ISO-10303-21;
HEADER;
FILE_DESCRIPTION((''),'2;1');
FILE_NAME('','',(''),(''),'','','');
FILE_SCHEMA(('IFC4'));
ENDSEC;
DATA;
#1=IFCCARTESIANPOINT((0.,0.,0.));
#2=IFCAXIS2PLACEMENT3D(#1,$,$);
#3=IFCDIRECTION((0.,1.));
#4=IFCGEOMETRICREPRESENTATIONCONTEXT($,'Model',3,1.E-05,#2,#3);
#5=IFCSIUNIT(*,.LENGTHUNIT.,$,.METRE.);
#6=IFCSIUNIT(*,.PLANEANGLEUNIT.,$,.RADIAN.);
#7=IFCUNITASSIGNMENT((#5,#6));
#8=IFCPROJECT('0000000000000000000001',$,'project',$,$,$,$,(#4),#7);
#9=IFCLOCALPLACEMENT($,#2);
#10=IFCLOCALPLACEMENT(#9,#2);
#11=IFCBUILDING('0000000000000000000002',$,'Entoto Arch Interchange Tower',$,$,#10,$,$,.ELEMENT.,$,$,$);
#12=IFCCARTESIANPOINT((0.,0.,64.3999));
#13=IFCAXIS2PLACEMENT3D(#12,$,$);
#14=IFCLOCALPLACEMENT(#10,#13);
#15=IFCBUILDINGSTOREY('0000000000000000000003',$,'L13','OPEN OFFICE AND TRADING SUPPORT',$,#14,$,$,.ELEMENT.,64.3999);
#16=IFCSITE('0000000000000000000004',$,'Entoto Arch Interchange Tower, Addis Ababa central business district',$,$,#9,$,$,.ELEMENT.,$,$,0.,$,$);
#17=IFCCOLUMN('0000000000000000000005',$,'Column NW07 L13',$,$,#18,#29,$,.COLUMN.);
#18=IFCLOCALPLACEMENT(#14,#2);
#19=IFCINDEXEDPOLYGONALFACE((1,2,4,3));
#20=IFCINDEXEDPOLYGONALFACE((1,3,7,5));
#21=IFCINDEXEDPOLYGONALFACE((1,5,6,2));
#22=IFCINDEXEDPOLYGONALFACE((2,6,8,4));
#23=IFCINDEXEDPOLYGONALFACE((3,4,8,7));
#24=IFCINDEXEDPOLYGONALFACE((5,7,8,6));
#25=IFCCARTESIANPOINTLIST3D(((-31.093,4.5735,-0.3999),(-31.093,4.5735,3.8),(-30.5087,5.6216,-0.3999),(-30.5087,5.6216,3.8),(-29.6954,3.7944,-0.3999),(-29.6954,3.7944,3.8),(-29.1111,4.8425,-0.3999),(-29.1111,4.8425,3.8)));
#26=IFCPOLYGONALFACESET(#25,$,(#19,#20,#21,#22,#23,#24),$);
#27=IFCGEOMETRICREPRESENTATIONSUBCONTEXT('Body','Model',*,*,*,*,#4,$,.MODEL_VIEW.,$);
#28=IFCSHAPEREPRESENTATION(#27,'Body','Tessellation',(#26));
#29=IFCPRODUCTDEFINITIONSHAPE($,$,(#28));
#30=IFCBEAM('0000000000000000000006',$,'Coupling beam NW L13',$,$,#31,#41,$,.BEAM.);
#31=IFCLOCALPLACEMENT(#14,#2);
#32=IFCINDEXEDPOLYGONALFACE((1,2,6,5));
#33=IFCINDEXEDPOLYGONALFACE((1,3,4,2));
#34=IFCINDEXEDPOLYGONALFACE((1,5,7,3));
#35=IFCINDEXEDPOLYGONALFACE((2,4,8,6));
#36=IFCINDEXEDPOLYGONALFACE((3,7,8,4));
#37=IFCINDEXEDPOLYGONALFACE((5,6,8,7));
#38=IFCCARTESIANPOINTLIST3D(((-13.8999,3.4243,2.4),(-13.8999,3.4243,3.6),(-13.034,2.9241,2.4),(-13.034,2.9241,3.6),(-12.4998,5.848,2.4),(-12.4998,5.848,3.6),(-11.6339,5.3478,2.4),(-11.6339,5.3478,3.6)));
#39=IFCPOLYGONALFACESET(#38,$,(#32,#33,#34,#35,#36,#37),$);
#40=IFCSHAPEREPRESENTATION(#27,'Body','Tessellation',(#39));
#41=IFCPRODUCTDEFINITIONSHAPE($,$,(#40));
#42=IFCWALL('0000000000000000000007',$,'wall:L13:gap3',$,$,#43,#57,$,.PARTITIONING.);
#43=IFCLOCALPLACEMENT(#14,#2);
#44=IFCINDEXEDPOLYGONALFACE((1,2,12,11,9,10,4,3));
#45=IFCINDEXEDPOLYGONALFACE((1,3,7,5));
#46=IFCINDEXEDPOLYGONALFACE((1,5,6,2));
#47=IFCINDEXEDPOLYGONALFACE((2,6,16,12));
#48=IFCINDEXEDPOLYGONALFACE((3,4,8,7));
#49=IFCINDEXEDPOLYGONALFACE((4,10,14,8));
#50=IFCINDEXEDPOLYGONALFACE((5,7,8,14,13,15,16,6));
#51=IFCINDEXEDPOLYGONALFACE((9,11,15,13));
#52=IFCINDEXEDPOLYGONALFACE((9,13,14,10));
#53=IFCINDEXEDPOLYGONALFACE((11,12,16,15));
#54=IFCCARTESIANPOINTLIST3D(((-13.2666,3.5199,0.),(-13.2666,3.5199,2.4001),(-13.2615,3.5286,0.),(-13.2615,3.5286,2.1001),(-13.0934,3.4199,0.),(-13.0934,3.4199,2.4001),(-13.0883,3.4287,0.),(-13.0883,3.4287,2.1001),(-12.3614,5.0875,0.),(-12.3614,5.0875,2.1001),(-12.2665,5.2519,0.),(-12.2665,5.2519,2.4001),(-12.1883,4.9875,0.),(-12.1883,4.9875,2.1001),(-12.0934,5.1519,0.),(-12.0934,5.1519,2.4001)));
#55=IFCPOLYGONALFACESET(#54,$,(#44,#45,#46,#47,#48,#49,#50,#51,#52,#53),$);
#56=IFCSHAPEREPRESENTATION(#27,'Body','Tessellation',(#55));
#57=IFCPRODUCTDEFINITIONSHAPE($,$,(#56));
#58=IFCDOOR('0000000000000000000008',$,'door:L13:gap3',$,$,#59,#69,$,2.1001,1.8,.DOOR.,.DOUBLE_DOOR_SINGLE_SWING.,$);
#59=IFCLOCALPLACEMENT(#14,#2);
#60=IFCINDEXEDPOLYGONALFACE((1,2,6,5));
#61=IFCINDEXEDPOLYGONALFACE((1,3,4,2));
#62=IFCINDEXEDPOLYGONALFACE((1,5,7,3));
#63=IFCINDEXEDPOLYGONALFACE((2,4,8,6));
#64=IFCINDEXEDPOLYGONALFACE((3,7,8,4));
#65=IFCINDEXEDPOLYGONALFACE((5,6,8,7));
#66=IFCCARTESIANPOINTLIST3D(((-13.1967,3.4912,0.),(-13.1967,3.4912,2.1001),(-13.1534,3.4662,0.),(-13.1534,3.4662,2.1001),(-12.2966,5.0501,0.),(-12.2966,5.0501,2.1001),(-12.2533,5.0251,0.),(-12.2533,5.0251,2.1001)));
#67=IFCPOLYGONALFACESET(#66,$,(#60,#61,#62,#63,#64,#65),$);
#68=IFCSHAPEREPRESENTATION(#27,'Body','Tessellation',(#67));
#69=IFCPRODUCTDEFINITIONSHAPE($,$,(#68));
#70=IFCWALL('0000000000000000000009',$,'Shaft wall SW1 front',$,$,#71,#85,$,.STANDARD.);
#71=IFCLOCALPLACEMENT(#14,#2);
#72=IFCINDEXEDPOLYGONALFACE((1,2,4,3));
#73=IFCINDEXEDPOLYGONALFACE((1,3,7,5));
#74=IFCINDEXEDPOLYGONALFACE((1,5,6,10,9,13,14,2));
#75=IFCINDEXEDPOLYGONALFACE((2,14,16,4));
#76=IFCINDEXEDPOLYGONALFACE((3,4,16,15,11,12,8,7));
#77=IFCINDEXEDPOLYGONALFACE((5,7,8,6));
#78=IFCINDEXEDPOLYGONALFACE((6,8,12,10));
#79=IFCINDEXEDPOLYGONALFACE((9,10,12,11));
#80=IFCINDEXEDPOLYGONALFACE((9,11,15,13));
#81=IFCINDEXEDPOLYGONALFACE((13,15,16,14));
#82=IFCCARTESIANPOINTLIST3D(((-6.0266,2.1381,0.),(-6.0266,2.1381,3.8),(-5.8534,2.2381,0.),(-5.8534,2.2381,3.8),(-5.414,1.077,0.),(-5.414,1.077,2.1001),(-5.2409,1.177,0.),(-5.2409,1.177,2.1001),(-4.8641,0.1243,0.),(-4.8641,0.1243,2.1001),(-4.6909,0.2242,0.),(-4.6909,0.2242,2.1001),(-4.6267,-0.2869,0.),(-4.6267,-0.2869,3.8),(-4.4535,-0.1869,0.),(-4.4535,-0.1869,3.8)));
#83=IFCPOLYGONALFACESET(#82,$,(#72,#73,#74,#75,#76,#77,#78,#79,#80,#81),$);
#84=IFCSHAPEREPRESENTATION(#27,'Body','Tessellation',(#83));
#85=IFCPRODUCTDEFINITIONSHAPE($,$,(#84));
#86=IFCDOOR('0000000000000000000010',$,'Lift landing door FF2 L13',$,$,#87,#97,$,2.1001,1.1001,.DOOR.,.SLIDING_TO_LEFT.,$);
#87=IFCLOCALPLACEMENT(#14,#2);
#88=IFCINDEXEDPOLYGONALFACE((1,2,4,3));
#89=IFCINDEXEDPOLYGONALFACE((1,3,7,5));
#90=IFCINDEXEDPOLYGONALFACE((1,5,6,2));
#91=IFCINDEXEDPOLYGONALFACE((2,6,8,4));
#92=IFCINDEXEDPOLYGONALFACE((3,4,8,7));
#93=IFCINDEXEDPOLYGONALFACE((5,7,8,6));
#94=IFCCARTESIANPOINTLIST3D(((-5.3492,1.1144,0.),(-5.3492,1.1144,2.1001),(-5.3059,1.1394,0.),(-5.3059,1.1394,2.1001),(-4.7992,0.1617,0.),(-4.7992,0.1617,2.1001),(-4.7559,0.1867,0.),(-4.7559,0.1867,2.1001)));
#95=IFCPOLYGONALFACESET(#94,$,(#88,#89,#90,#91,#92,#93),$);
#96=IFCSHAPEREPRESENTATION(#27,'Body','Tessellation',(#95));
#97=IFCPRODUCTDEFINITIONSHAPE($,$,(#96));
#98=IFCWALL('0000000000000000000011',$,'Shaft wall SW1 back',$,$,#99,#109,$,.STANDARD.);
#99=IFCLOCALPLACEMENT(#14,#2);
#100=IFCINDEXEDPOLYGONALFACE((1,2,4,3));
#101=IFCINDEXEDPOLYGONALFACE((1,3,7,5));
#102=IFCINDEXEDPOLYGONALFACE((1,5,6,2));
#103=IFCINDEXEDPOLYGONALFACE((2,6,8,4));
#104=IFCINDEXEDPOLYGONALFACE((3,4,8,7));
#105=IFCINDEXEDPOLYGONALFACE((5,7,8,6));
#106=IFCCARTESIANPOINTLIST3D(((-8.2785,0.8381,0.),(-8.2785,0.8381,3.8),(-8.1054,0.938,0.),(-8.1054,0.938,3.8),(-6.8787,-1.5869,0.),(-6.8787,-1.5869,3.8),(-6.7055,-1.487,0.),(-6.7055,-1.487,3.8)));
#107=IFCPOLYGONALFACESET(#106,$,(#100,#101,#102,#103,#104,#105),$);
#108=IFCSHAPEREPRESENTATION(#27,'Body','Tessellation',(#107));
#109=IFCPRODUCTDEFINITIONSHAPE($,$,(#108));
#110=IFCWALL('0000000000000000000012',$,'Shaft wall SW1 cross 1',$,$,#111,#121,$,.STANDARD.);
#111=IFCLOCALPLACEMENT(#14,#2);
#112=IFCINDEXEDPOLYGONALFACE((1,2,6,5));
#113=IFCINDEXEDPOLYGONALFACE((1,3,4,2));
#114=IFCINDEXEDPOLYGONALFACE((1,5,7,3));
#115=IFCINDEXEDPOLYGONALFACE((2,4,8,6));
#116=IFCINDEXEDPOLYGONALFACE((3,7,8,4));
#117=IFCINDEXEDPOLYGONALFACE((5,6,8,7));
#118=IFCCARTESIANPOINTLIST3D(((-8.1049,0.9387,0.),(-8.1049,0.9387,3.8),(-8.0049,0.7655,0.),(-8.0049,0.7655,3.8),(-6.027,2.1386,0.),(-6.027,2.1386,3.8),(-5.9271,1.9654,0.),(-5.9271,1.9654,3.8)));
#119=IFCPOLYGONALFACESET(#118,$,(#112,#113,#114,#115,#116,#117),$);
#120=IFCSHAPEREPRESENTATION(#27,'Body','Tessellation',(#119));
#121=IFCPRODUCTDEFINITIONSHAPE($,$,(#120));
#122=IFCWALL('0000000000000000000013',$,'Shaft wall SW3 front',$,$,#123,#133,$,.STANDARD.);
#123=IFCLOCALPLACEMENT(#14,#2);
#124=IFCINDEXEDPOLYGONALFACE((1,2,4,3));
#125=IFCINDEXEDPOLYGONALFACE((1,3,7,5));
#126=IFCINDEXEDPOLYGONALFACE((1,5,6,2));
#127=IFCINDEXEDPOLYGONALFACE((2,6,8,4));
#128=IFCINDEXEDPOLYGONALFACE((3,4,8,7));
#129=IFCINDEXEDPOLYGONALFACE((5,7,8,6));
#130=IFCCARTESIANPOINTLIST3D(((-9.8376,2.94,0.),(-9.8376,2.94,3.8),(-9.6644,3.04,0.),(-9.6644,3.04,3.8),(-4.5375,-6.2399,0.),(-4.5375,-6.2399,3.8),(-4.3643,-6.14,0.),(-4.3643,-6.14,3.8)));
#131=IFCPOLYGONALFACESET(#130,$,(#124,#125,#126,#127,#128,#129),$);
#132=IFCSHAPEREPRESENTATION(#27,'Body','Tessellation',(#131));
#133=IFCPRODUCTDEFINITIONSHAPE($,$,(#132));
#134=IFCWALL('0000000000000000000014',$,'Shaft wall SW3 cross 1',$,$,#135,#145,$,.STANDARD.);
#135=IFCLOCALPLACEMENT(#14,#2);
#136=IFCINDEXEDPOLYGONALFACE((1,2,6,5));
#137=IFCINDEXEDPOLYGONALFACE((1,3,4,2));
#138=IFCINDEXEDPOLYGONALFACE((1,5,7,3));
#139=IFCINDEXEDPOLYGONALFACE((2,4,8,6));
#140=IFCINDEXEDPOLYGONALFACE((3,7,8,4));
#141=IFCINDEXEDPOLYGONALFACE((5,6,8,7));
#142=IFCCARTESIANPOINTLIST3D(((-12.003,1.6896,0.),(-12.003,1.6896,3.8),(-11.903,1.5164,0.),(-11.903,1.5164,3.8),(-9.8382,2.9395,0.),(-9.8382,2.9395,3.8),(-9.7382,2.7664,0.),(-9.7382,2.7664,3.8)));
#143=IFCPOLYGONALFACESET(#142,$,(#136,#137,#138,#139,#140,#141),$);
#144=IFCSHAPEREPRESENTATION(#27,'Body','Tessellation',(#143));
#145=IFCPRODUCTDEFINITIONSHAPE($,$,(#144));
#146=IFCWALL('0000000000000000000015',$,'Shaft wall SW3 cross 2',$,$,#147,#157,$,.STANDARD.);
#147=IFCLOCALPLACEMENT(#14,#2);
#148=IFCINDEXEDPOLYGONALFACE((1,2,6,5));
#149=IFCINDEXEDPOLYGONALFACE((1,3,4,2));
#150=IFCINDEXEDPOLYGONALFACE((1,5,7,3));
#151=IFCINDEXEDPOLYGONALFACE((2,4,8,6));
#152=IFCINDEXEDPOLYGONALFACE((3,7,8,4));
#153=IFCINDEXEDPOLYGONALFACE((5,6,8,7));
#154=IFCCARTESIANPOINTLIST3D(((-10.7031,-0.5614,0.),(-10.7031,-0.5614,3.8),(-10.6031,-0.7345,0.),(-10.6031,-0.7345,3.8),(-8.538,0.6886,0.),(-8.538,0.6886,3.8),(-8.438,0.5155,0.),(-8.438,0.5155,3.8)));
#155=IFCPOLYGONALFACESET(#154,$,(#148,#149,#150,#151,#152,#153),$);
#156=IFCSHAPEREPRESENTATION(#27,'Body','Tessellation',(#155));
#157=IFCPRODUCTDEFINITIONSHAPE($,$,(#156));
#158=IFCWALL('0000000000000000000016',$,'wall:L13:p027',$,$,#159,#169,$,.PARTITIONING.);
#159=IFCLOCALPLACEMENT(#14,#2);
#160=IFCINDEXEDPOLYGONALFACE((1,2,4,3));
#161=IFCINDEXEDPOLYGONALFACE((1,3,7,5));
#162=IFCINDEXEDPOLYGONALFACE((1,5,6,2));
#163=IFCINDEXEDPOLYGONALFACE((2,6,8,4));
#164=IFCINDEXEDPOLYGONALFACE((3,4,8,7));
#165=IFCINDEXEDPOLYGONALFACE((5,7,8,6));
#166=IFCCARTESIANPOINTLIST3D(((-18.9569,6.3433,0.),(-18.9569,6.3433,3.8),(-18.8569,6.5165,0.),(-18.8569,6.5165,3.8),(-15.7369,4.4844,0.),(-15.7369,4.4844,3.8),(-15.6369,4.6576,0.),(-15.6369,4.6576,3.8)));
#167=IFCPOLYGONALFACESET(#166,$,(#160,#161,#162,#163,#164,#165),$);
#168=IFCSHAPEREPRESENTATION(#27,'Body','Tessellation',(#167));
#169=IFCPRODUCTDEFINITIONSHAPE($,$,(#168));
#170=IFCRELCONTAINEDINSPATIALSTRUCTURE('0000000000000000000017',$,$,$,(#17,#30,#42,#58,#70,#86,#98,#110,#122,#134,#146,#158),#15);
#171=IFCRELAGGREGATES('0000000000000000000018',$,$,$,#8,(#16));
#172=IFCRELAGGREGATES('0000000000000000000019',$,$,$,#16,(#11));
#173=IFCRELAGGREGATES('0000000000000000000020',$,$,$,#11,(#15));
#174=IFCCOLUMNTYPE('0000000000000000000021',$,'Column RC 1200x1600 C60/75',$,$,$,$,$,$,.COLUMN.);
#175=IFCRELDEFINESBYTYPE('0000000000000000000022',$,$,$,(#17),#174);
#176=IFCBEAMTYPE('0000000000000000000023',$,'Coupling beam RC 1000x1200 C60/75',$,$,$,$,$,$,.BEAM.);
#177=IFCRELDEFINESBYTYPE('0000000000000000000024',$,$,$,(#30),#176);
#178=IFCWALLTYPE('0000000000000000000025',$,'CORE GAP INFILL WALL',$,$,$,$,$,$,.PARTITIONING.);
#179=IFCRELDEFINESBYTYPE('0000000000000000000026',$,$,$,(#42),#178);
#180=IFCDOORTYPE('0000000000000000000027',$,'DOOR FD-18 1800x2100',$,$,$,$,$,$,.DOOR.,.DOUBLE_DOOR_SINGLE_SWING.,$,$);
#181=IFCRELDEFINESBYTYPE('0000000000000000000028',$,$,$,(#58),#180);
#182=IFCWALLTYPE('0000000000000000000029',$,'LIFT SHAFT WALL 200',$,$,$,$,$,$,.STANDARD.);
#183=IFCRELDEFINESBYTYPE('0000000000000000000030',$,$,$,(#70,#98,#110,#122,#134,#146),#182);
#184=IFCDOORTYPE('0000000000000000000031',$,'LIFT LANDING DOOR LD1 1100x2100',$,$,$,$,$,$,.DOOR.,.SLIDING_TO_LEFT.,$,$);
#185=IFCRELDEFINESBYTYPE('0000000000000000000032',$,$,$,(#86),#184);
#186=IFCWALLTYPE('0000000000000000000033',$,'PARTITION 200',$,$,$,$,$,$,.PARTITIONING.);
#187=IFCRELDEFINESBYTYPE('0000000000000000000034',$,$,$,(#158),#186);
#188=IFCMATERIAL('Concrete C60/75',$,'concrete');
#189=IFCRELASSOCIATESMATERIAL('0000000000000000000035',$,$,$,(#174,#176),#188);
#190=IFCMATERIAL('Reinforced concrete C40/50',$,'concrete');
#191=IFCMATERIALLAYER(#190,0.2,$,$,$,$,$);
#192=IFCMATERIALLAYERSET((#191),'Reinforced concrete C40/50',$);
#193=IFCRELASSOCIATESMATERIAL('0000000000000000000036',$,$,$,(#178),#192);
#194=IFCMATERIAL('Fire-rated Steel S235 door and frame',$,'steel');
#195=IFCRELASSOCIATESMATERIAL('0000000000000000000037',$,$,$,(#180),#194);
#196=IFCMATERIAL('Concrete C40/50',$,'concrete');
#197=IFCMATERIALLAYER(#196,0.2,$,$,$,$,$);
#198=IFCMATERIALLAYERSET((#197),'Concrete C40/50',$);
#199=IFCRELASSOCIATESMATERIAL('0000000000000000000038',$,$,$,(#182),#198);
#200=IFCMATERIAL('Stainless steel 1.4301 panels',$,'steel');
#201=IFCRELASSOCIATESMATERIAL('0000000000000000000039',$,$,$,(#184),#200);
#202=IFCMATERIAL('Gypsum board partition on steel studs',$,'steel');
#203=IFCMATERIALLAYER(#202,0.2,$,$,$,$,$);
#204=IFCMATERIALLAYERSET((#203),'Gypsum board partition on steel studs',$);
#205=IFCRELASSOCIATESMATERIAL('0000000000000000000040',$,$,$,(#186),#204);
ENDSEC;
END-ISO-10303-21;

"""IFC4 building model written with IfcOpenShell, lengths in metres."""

from ifc_helpers import new_model, si_unit, direction, frame, frame_2d, origin, origin_2d, place, context, subcontext, project, spatial, rectangle, extrude, material, layer, layer_set, material_profile, profile_set, type_object, element, fill, save


model = new_model("IFC4")

# Units and contexts
model_context = context("Model", 3, precision=1e-05, world=origin(), true_north=direction((0.0, 1.0)))
body_context = subcontext(model_context, "Body", "Model", "MODEL_VIEW")
ifc_project = project(units=[si_unit("LENGTHUNIT", "METRE"), si_unit("PLANEANGLEUNIT", "RADIAN")], contexts=[model_context])

# Site, building, storey
site_placement = place(None, origin())
site = spatial("IfcSite", under=ifc_project, at=site_placement, Name="Entoto Arch Interchange Tower, Addis Ababa central business district", CompositionType="ELEMENT", RefElevation=0.0)
building_placement = place(site_placement, origin())
building = spatial("IfcBuilding", under=site, at=building_placement, Name="Entoto Arch Interchange Tower", CompositionType="ELEMENT")
storey_placement = place(building_placement, frame((0.0, 0.0, 64.3999)))
storey = spatial("IfcBuildingStorey", under=building, at=storey_placement, Name="L13", Description="OPEN OFFICE AND TRADING SUPPORT", CompositionType="ELEMENT", Elevation=64.3999)

# Column
ifc_material_1 = material(Name="Concrete C60/75", Category="concrete")
ifc_material_profile_1 = material_profile(ifc_material_1, rectangle(XDim=1.2, YDim=1.6001, at=origin_2d()))
ifc_profile_set_1 = profile_set([ifc_material_profile_1], Name="Concrete C60/75")
column_type = type_object("IfcColumnType", Name="Column RC 1200x1600 C60/75", PredefinedType="COLUMN", material=ifc_profile_set_1)
column_placement = place(storey_placement, frame((-30.1021, 4.708, -0.3999), z_axis=(0.0, 0.0, 1.0), x_axis=(0.486915, 0.873449, 0.0)))
element("IfcColumn", 1, at=column_placement, inside=storey, type_object=column_type, Name="Column NW07 L13", PredefinedType="COLUMN", context=body_context, shape_type="SweptSolid", body=[
    extrude(rectangle(XDim=1.2, YDim=1.6001, at=origin_2d()), origin(), (0.0, 0.0, 1.0), 4.2),
])

# Beam
ifc_material_profile_2 = material_profile(ifc_material_1, rectangle(XDim=1.0, YDim=1.2, at=origin_2d()))
ifc_profile_set_2 = profile_set([ifc_material_profile_2], Name="Concrete C60/75")
beam_type = type_object("IfcBeamType", Name="Coupling beam RC 1000x1200 C60/75", PredefinedType="BEAM", material=ifc_profile_set_2)
beam_placement = place(storey_placement, frame((-12.0669, 5.5979, 3.0), z_axis=(-0.500201, -0.86591, 0.0), x_axis=(0.86591, -0.500201, 0.0)))
element("IfcBeam", 2, at=beam_placement, inside=storey, type_object=beam_type, Name="Coupling beam NW L13", PredefinedType="BEAM", context=body_context, shape_type="SweptSolid", body=[
    extrude(rectangle(XDim=1.0, YDim=1.2, at=origin_2d()), origin(), (0.0, 0.0, 1.0), 2.7991),
])

# Walls, openings, doors
ifc_material_2 = material(Name="Reinforced concrete C40/50", Category="concrete")
ifc_layer_1 = layer(ifc_material_2, 0.2)
ifc_layer_set_1 = layer_set([ifc_layer_1], Name="Reinforced concrete C40/50")
wall_type_1 = type_object("IfcWallType", Name="CORE GAP INFILL WALL", PredefinedType="PARTITIONING", material=ifc_layer_set_1)
wall_1_placement = place(storey_placement, frame((-12.1799, 5.2019, 0.0), z_axis=(0.0, 0.0, 1.0), x_axis=(-0.500025, -0.866011, 0.0)))
wall_1 = element("IfcWall", 3, at=wall_1_placement, inside=storey, type_object=wall_type_1, Name="wall:L13:gap3", PredefinedType="PARTITIONING", context=body_context, shape_type="SweptSolid", body=[
    extrude(rectangle(XDim=2.0, YDim=0.2, at=frame_2d((1.0, 0.0))), origin(), (0.0, 0.0, 1.0), 2.4001),
])
opening_1_placement = place(wall_1_placement, frame((0.1899, 0.0, 0.0)))
opening_1 = element("IfcOpeningElement", 4, at=opening_1_placement, cuts=wall_1, PredefinedType="OPENING", context=body_context, shape_type="SweptSolid", body=[
    extrude(rectangle(XDim=1.8, YDim=2.1001, at=frame_2d((0.8999, 1.05))), frame((0.0, 0.1099, 0.0), z_axis=(0.0, -1.0, 0.0), x_axis=(1.0, 0.0, 0.0)), (0.0, 0.0, 1.0), 0.22),
])
ifc_material_3 = material(Name="Fire-rated Steel S235 door and frame", Category="steel")
door_type_1 = type_object("IfcDoorType", Name="DOOR FD-18 1800x2100", OperationType="DOUBLE_DOOR_SINGLE_SWING", PredefinedType="DOOR", material=ifc_material_3)
door_1_placement = place(opening_1_placement, origin())
door_1 = element("IfcDoor", 5, at=door_1_placement, inside=storey, type_object=door_type_1, Name="door:L13:gap3", OperationType="DOUBLE_DOOR_SINGLE_SWING", OverallHeight=2.1001, OverallWidth=1.8, PredefinedType="DOOR", context=body_context, shape_type="SweptSolid", body=[
    extrude(rectangle(XDim=1.8, YDim=2.1001, at=frame_2d((0.8999, 1.05))), frame((0.0, 0.0249, 0.0), z_axis=(0.0, -1.0, 0.0), x_axis=(1.0, 0.0, 0.0)), (0.0, 0.0, 1.0), 0.05),
])
fill(opening_1, door_1)
ifc_material_4 = material(Name="Concrete C40/50", Category="concrete")
ifc_layer_2 = layer(ifc_material_4, 0.2)
ifc_layer_set_2 = layer_set([ifc_layer_2], Name="Concrete C40/50")
wall_type_2 = type_object("IfcWallType", Name="LIFT SHAFT WALL 200", PredefinedType="STANDARD", material=ifc_layer_set_2)
wall_2_placement = place(storey_placement, frame((-5.9399, 2.188, 0.0), z_axis=(0.0, 0.0, 1.0), x_axis=(0.499946, -0.866056, 0.0)))
wall_2 = element("IfcWall", 6, at=wall_2_placement, inside=storey, type_object=wall_type_2, Name="Shaft wall SW1 front", PredefinedType="STANDARD", context=body_context, shape_type="SweptSolid", body=[
    extrude(rectangle(XDim=2.8, YDim=0.2, at=frame_2d((1.3999, 0.0))), origin(), (0.0, 0.0, 1.0), 3.8),
])
opening_2_placement = place(wall_2_placement, frame((1.2251, 0.0, 0.0)))
opening_2 = element("IfcOpeningElement", 7, at=opening_2_placement, cuts=wall_2, PredefinedType="OPENING", context=body_context, shape_type="SweptSolid", body=[
    extrude(rectangle(XDim=1.1001, YDim=2.1001, at=frame_2d((0.55, 1.05))), frame((0.0, 0.1099, 0.0), z_axis=(0.0, -1.0, 0.0), x_axis=(1.0, 0.0, 0.0)), (0.0, 0.0, 1.0), 0.22),
])
ifc_material_5 = material(Name="Stainless steel 1.4301 panels", Category="steel")
door_type_2 = type_object("IfcDoorType", Name="LIFT LANDING DOOR LD1 1100x2100", OperationType="SLIDING_TO_LEFT", PredefinedType="DOOR", material=ifc_material_5)
door_2_placement = place(opening_2_placement, origin())
door_2 = element("IfcDoor", 8, at=door_2_placement, inside=storey, type_object=door_type_2, Name="Lift landing door FF2 L13", OperationType="SLIDING_TO_LEFT", OverallHeight=2.1001, OverallWidth=1.1001, PredefinedType="DOOR", context=body_context, shape_type="SweptSolid", body=[
    extrude(rectangle(XDim=1.1001, YDim=2.1001, at=frame_2d((0.55, 1.05))), frame((0.0, 0.0249, 0.0), z_axis=(0.0, -1.0, 0.0), x_axis=(1.0, 0.0, 0.0)), (0.0, 0.0, 1.0), 0.05),
])
fill(opening_2, door_2)

# Walls
wall_3_placement = place(storey_placement, frame((-8.1919, 0.8879, 0.0), z_axis=(0.0, 0.0, 1.0), x_axis=(0.499946, -0.866056, 0.0)))
element("IfcWall", 9, at=wall_3_placement, inside=storey, type_object=wall_type_2, Name="Shaft wall SW1 back", PredefinedType="STANDARD", context=body_context, shape_type="SweptSolid", body=[
    extrude(rectangle(XDim=2.8, YDim=0.2, at=frame_2d((1.3999, 0.0))), origin(), (0.0, 0.0, 1.0), 3.8),
])
wall_4_placement = place(storey_placement, frame((-5.9771, 2.052, 0.0), z_axis=(0.0, 0.0, 1.0), x_axis=(-0.865974, -0.500089, 0.0)))
element("IfcWall", 10, at=wall_4_placement, inside=storey, type_object=wall_type_2, Name="Shaft wall SW1 cross 1", PredefinedType="STANDARD", context=body_context, shape_type="SweptSolid", body=[
    extrude(rectangle(XDim=2.3994, YDim=0.2, at=frame_2d((1.1997, 0.0))), origin(), (0.0, 0.0, 1.0), 3.8),
])
wall_5_placement = place(storey_placement, frame((-9.751, 2.99, 0.0), z_axis=(0.0, 0.0, 1.0), x_axis=(0.500001, -0.866025, 0.0)))
element("IfcWall", 11, at=wall_5_placement, inside=storey, type_object=wall_type_2, Name="Shaft wall SW3 front", PredefinedType="STANDARD", context=body_context, shape_type="SweptSolid", body=[
    extrude(rectangle(XDim=10.6001, YDim=0.2, at=frame_2d((5.3, 0.0))), origin(), (0.0, 0.0, 1.0), 3.8),
])
wall_6_placement = place(storey_placement, frame((-9.7881, 2.853, 0.0), z_axis=(0.0, 0.0, 1.0), x_axis=(-0.865999, -0.500047, 0.0)))
element("IfcWall", 12, at=wall_6_placement, inside=storey, type_object=wall_type_2, Name="Shaft wall SW3 cross 1", PredefinedType="STANDARD", context=body_context, shape_type="SweptSolid", body=[
    extrude(rectangle(XDim=2.4998, YDim=0.2, at=frame_2d((1.25, 0.0))), origin(), (0.0, 0.0, 1.0), 3.8),
])
wall_7_placement = place(storey_placement, frame((-8.488, 0.6021, 0.0), z_axis=(0.0, 0.0, 1.0), x_axis=(-0.866023, -0.500004, 0.0)))
element("IfcWall", 13, at=wall_7_placement, inside=storey, type_object=wall_type_2, Name="Shaft wall SW3 cross 2", PredefinedType="STANDARD", context=body_context, shape_type="SweptSolid", body=[
    extrude(rectangle(XDim=2.5, YDim=0.2, at=frame_2d((1.25, 0.0))), origin(), (0.0, 0.0, 1.0), 3.8),
])
ifc_material_6 = material(Name="Gypsum board partition on steel studs", Category="steel")
ifc_layer_3 = layer(ifc_material_6, 0.2)
ifc_layer_set_3 = layer_set([ifc_layer_3], Name="Gypsum board partition on steel studs")
wall_type_3 = type_object("IfcWallType", Name="PARTITION 200", PredefinedType="PARTITIONING", material=ifc_layer_set_3)
wall_8_placement = place(storey_placement, frame((-15.687, 4.571, 0.0), z_axis=(0.0, 0.0, 1.0), x_axis=(-0.866045, 0.499967, 0.0)))
element("IfcWall", 14, at=wall_8_placement, inside=storey, type_object=wall_type_3, Name="wall:L13:p027", PredefinedType="PARTITIONING", context=body_context, shape_type="SweptSolid", body=[
    extrude(rectangle(XDim=3.718, YDim=0.2, at=frame_2d((1.8589, 0.0))), origin(), (0.0, 0.0, 1.0), 3.8),
])

save(model, "model.ifc")
